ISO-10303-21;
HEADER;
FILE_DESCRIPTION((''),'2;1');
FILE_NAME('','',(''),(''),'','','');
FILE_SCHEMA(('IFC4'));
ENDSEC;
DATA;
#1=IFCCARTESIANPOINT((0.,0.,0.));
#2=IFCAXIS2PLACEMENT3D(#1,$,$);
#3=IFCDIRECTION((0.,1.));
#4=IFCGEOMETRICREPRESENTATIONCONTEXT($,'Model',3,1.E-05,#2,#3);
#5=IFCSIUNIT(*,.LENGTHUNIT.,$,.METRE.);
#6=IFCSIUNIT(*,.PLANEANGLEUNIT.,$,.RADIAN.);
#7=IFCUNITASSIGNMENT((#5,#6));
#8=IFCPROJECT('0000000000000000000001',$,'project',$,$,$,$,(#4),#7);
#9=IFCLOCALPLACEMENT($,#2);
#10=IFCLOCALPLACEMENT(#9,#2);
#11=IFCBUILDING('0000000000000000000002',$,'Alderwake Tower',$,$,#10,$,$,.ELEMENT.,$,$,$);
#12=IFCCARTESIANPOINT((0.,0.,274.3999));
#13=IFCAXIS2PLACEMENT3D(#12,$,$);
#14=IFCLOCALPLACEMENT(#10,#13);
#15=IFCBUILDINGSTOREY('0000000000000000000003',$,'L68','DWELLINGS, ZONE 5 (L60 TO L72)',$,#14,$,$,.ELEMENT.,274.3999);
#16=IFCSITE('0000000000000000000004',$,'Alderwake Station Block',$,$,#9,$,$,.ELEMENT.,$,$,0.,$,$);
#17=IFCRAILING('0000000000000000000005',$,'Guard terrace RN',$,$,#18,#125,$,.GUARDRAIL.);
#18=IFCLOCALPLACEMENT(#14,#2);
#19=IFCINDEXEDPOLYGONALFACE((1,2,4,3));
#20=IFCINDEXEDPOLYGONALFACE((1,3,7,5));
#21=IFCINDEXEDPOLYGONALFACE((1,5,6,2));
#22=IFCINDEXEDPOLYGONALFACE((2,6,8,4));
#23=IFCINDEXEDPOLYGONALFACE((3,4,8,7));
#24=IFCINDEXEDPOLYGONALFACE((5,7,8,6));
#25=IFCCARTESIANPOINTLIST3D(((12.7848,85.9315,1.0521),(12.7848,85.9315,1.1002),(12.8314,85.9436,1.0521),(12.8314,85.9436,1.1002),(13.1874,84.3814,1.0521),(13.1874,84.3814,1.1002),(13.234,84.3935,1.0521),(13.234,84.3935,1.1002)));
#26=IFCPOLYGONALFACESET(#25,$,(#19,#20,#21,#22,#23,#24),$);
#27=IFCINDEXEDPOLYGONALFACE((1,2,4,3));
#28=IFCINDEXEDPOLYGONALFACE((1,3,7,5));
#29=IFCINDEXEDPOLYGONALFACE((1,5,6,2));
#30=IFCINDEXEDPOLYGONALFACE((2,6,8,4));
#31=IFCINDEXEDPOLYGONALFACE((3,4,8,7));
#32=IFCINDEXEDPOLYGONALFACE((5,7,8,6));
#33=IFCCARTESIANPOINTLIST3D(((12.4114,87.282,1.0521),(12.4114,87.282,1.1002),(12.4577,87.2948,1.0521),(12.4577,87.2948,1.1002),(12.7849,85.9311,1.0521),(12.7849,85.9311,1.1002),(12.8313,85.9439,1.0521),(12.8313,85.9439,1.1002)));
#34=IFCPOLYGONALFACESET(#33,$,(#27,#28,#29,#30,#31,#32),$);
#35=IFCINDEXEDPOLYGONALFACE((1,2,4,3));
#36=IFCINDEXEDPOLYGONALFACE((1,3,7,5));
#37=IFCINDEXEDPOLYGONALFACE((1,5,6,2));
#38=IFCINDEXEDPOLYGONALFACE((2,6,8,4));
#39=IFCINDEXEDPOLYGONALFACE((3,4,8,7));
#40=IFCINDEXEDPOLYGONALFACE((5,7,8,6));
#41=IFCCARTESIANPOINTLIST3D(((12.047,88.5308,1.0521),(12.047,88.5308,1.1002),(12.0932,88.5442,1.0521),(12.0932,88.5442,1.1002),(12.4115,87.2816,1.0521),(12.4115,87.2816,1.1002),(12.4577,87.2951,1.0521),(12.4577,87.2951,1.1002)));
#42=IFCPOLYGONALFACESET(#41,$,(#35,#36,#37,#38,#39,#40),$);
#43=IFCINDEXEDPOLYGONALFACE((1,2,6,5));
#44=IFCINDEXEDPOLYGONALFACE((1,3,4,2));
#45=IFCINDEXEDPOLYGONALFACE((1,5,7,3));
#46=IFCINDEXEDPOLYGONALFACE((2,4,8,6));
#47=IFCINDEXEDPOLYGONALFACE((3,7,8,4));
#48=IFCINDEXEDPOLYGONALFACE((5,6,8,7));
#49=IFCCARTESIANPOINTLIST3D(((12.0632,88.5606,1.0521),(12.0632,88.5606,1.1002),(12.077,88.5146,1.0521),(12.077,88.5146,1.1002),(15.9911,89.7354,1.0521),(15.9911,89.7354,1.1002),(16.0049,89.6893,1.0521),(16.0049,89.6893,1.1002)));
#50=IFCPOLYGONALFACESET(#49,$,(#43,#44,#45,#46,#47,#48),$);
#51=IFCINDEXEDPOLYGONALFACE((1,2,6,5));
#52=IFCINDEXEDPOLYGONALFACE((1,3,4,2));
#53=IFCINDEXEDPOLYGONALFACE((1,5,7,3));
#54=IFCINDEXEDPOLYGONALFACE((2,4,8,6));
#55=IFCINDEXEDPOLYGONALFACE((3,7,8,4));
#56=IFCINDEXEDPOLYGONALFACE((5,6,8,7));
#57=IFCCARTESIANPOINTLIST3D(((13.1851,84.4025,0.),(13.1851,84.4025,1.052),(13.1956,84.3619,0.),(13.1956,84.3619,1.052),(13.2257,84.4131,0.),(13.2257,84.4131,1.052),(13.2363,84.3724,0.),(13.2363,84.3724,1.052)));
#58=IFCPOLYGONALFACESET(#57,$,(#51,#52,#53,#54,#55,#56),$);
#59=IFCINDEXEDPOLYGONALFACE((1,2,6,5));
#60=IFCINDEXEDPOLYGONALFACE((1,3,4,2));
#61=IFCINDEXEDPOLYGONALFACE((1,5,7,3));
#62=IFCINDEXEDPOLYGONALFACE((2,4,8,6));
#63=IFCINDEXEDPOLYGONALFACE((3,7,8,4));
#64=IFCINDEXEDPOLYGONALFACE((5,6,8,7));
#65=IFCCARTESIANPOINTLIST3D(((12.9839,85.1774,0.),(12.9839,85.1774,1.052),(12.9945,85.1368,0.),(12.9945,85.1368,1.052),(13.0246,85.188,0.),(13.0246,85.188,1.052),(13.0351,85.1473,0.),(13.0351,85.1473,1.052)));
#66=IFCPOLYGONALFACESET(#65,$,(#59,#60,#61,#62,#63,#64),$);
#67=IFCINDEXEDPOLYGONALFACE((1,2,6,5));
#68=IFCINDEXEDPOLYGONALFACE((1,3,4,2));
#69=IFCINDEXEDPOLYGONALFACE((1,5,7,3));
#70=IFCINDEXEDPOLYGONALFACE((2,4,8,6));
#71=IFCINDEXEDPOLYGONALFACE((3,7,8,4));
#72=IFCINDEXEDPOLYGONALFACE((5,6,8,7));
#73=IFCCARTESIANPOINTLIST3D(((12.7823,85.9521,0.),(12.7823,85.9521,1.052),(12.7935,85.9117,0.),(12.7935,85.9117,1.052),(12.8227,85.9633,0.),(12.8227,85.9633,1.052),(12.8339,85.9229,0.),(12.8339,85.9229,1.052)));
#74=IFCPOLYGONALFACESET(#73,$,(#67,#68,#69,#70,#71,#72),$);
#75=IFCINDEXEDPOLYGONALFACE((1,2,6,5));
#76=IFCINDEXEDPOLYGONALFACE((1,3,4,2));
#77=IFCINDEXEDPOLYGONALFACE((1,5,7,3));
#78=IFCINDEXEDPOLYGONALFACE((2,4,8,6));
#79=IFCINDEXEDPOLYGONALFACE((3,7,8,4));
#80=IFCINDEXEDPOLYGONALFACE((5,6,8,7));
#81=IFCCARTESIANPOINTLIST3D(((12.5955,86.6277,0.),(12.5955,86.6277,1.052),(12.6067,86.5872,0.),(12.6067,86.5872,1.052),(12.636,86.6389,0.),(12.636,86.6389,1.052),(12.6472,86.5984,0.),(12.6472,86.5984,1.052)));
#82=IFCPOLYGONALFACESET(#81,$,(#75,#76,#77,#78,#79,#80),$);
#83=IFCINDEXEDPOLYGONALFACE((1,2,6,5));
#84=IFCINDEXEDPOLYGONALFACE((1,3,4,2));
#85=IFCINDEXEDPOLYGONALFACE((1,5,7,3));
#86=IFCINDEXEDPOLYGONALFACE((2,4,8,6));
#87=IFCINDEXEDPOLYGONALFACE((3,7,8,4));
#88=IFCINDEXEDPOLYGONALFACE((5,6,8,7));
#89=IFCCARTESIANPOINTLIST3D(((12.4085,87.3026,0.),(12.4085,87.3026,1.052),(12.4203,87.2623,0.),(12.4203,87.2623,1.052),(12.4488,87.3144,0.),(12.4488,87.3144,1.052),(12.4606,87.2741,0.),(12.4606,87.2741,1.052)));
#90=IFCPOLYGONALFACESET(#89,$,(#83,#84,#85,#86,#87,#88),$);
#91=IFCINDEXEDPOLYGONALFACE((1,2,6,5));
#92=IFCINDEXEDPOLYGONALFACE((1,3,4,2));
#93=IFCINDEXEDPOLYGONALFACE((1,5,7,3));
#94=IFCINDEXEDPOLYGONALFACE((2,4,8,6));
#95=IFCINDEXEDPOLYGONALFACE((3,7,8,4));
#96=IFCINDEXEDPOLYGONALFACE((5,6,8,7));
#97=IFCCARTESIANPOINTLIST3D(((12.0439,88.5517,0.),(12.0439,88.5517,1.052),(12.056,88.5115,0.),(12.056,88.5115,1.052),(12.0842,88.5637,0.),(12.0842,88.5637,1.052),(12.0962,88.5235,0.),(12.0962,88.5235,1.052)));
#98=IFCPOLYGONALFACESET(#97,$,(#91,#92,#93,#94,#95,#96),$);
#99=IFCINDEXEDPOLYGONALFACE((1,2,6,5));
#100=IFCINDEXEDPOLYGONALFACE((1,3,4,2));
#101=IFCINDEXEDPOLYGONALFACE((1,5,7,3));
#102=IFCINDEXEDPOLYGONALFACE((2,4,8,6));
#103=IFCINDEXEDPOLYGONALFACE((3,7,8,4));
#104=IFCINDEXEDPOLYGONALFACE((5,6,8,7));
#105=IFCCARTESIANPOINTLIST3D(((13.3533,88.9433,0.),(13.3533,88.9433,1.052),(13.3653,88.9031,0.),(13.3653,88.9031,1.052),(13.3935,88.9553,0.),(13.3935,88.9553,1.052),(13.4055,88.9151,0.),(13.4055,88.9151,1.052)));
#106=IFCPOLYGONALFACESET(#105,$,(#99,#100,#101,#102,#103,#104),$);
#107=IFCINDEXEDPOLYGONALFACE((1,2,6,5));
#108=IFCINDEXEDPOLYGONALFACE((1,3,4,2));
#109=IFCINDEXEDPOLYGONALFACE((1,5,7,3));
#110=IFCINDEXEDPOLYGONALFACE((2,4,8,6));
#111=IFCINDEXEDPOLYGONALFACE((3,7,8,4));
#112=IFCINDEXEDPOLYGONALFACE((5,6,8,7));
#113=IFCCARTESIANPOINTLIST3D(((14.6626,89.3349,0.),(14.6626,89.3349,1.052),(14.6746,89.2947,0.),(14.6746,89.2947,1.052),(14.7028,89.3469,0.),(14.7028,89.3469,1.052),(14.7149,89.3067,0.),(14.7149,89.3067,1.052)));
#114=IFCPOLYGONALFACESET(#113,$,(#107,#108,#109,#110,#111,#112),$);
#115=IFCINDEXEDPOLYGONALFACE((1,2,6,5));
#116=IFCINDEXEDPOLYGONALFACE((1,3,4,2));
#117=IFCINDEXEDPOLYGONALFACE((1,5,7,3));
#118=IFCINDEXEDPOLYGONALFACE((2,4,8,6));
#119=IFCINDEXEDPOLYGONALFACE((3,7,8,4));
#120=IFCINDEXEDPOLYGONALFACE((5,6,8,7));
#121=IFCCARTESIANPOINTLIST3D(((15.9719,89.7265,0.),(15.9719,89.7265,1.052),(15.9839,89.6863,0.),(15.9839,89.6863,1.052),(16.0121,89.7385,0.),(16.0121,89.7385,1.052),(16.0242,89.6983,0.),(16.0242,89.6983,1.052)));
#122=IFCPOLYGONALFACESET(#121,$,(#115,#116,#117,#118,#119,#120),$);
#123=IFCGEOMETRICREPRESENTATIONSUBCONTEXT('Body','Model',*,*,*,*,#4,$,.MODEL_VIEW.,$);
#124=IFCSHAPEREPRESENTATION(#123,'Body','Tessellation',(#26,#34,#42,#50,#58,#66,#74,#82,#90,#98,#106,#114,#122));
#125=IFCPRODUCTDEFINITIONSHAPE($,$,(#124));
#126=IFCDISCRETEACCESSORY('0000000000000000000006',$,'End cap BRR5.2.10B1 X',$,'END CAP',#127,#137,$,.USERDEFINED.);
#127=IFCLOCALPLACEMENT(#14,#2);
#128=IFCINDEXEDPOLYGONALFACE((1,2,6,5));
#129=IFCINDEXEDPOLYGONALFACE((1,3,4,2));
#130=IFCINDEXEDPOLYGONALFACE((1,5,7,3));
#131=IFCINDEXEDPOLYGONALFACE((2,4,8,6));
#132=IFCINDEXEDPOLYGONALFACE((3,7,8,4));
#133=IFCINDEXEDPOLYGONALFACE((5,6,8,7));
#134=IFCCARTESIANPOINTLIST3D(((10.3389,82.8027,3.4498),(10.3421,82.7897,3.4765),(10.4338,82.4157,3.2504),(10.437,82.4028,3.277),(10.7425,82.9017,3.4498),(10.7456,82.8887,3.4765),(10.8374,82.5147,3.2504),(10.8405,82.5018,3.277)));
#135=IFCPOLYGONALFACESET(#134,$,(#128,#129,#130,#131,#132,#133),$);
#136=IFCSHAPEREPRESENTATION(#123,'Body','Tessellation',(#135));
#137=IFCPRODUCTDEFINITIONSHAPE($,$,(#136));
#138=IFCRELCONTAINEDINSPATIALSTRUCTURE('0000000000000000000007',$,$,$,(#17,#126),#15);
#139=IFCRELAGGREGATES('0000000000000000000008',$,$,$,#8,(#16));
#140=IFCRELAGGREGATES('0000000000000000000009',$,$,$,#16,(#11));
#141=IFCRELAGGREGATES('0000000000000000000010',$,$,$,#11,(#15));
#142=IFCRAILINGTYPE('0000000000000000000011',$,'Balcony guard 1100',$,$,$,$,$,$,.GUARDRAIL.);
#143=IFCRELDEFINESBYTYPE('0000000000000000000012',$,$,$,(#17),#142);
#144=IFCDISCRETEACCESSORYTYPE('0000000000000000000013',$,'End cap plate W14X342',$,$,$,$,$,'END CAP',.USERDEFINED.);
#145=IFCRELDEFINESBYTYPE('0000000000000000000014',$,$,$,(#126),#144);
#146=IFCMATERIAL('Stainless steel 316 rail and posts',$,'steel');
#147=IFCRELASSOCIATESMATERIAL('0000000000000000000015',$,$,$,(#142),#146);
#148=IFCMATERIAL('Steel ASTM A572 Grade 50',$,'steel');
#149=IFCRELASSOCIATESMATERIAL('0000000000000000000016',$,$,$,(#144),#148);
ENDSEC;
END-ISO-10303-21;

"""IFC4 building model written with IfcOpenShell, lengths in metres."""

from ifc_helpers import new_model, si_unit, direction, frame, origin, origin_2d, place, context, subcontext, project, spatial, rectangle, extrude, material, material_profile, profile_set, type_object, element, save


model = new_model("IFC4")

# Units and contexts
model_context = context("Model", 3, precision=1e-05, world=origin(), true_north=direction((0.0, 1.0)))
body_context = subcontext(model_context, "Body", "Model", "MODEL_VIEW")
ifc_project = project(units=[si_unit("LENGTHUNIT", "METRE"), si_unit("PLANEANGLEUNIT", "RADIAN")], contexts=[model_context])

# Site, building, storey
site_placement = place(None, origin())
site = spatial("IfcSite", under=ifc_project, at=site_placement, Name="Alderwake Station Block", CompositionType="ELEMENT", RefElevation=0.0)
building_placement = place(site_placement, origin())
building = spatial("IfcBuilding", under=site, at=building_placement, Name="Alderwake Tower", CompositionType="ELEMENT")
storey_placement = place(building_placement, frame((0.0, 0.0, 274.3999)))
storey = spatial("IfcBuildingStorey", under=building, at=storey_placement, Name="L68", Description="DWELLINGS, ZONE 5 (L60 TO L72)", CompositionType="ELEMENT", Elevation=274.3999)

# Railing
ifc_material_1 = material(Name="Stainless steel 316 rail and posts", Category="steel")
railing_type = type_object("IfcRailingType", Name="Balcony guard 1100", PredefinedType="GUARDRAIL", material=ifc_material_1)
railing_placement = place(storey_placement, frame((13.2107, 84.3875, 0.0)))
element("IfcRailing", 1, at=railing_placement, inside=storey, type_object=railing_type, Name="Guard terrace RN", PredefinedType="GUARDRAIL", context=body_context, shape_type="SweptSolid", body=[
    extrude(rectangle(XDim=0.0481, YDim=0.0481, at=origin_2d()), frame((0.0, 0.0, 1.0762), z_axis=(-0.251385, 0.967887, 0.0), x_axis=(-0.967887, -0.251385, 0.0)), (0.0, 0.0, 1.0), 1.6016),
    extrude(rectangle(XDim=0.0481, YDim=0.0481, at=origin_2d()), frame((-0.4026, 1.55, 1.0762), z_axis=(-0.266521, 0.963829, 0.0), x_axis=(-0.963829, -0.266521, 0.0)), (0.0, 0.0, 1.0), 1.4016),
    extrude(rectangle(XDim=0.0481, YDim=0.0481, at=origin_2d()), frame((-0.7761, 2.9009, 1.0762), z_axis=(-0.280094, 0.959973, 0.0), x_axis=(-0.959973, -0.280094, 0.0)), (0.0, 0.0, 1.0), 1.3013),
    extrude(rectangle(XDim=0.0481, YDim=0.0481, at=origin_2d()), frame((-1.1406, 4.1501, 1.0762), z_axis=(0.958067, 0.286545, 0.0), x_axis=(-0.286545, 0.958067, 0.0)), (0.0, 0.0, 1.0), 4.0999),
    extrude(rectangle(XDim=0.042, YDim=0.042, at=origin_2d()), frame((0.0, 0.0, 0.0), z_axis=(0.0, 0.0, 1.0), x_axis=(-0.251385, 0.967887, 0.0)), (0.0, 0.0, 1.0), 1.052),
    extrude(rectangle(XDim=0.042, YDim=0.042, at=origin_2d()), frame((-0.2012, 0.7749, 0.0), z_axis=(0.0, 0.0, 1.0), x_axis=(-0.251385, 0.967887, 0.0)), (0.0, 0.0, 1.0), 1.052),
    extrude(rectangle(XDim=0.042, YDim=0.042, at=origin_2d()), frame((-0.4026, 1.55, 0.0), z_axis=(0.0, 0.0, 1.0), x_axis=(-0.266521, 0.963829, 0.0)), (0.0, 0.0, 1.0), 1.052),
    extrude(rectangle(XDim=0.042, YDim=0.042, at=origin_2d()), frame((-0.5894, 2.2256, 0.0), z_axis=(0.0, 0.0, 1.0), x_axis=(-0.266521, 0.963829, 0.0)), (0.0, 0.0, 1.0), 1.052),
    extrude(rectangle(XDim=0.042, YDim=0.042, at=origin_2d()), frame((-0.7761, 2.9009, 0.0), z_axis=(0.0, 0.0, 1.0), x_axis=(-0.280094, 0.959973, 0.0)), (0.0, 0.0, 1.0), 1.052),
    extrude(rectangle(XDim=0.042, YDim=0.042, at=origin_2d()), frame((-1.1406, 4.1501, 0.0), z_axis=(0.0, 0.0, 1.0), x_axis=(0.958067, 0.286545, 0.0)), (0.0, 0.0, 1.0), 1.052),
    extrude(rectangle(XDim=0.042, YDim=0.042, at=origin_2d()), frame((0.1687, 4.5417, 0.0), z_axis=(0.0, 0.0, 1.0), x_axis=(0.958067, 0.286545, 0.0)), (0.0, 0.0, 1.0), 1.052),
    extrude(rectangle(XDim=0.042, YDim=0.042, at=origin_2d()), frame((1.478, 4.9333, 0.0), z_axis=(0.0, 0.0, 1.0), x_axis=(0.958067, 0.286545, 0.0)), (0.0, 0.0, 1.0), 1.052),
    extrude(rectangle(XDim=0.042, YDim=0.042, at=origin_2d()), frame((2.7874, 5.325, 0.0), z_axis=(0.0, 0.0, 1.0), x_axis=(0.958067, 0.286545, 0.0)), (0.0, 0.0, 1.0), 1.052),
])

# Discrete accessory
ifc_material_2 = material(Name="Steel ASTM A572 Grade 50", Category="steel")
ifc_material_profile_1 = material_profile(ifc_material_2, rectangle(XDim=0.4155, YDim=0.4456, at=origin_2d()), Name="W14X342 cap")
ifc_profile_set_1 = profile_set([ifc_material_profile_1], Name="Steel ASTM A572 Grade 50")
discrete_accessory_type = type_object("IfcDiscreteAccessoryType", Name="End cap plate W14X342", ElementType="END CAP", PredefinedType="USERDEFINED", material=ifc_profile_set_1)
discrete_accessory_placement = place(storey_placement, frame((10.5881, 82.6587, 3.3501), z_axis=(0.106647, -0.434792, 0.894194), x_axis=(0.971211, 0.238222, 0.0)))
element("IfcDiscreteAccessory", 2, at=discrete_accessory_placement, inside=storey, type_object=discrete_accessory_type, Name="End cap BRR5.2.10B1 X", ObjectType="END CAP", PredefinedType="USERDEFINED", context=body_context, shape_type="SweptSolid", body=[
    extrude(rectangle(XDim=0.4155, YDim=0.4456, at=origin_2d()), origin(), (0.0, 0.0, 1.0), 0.0298),
])

save(model, "model.ifc")
